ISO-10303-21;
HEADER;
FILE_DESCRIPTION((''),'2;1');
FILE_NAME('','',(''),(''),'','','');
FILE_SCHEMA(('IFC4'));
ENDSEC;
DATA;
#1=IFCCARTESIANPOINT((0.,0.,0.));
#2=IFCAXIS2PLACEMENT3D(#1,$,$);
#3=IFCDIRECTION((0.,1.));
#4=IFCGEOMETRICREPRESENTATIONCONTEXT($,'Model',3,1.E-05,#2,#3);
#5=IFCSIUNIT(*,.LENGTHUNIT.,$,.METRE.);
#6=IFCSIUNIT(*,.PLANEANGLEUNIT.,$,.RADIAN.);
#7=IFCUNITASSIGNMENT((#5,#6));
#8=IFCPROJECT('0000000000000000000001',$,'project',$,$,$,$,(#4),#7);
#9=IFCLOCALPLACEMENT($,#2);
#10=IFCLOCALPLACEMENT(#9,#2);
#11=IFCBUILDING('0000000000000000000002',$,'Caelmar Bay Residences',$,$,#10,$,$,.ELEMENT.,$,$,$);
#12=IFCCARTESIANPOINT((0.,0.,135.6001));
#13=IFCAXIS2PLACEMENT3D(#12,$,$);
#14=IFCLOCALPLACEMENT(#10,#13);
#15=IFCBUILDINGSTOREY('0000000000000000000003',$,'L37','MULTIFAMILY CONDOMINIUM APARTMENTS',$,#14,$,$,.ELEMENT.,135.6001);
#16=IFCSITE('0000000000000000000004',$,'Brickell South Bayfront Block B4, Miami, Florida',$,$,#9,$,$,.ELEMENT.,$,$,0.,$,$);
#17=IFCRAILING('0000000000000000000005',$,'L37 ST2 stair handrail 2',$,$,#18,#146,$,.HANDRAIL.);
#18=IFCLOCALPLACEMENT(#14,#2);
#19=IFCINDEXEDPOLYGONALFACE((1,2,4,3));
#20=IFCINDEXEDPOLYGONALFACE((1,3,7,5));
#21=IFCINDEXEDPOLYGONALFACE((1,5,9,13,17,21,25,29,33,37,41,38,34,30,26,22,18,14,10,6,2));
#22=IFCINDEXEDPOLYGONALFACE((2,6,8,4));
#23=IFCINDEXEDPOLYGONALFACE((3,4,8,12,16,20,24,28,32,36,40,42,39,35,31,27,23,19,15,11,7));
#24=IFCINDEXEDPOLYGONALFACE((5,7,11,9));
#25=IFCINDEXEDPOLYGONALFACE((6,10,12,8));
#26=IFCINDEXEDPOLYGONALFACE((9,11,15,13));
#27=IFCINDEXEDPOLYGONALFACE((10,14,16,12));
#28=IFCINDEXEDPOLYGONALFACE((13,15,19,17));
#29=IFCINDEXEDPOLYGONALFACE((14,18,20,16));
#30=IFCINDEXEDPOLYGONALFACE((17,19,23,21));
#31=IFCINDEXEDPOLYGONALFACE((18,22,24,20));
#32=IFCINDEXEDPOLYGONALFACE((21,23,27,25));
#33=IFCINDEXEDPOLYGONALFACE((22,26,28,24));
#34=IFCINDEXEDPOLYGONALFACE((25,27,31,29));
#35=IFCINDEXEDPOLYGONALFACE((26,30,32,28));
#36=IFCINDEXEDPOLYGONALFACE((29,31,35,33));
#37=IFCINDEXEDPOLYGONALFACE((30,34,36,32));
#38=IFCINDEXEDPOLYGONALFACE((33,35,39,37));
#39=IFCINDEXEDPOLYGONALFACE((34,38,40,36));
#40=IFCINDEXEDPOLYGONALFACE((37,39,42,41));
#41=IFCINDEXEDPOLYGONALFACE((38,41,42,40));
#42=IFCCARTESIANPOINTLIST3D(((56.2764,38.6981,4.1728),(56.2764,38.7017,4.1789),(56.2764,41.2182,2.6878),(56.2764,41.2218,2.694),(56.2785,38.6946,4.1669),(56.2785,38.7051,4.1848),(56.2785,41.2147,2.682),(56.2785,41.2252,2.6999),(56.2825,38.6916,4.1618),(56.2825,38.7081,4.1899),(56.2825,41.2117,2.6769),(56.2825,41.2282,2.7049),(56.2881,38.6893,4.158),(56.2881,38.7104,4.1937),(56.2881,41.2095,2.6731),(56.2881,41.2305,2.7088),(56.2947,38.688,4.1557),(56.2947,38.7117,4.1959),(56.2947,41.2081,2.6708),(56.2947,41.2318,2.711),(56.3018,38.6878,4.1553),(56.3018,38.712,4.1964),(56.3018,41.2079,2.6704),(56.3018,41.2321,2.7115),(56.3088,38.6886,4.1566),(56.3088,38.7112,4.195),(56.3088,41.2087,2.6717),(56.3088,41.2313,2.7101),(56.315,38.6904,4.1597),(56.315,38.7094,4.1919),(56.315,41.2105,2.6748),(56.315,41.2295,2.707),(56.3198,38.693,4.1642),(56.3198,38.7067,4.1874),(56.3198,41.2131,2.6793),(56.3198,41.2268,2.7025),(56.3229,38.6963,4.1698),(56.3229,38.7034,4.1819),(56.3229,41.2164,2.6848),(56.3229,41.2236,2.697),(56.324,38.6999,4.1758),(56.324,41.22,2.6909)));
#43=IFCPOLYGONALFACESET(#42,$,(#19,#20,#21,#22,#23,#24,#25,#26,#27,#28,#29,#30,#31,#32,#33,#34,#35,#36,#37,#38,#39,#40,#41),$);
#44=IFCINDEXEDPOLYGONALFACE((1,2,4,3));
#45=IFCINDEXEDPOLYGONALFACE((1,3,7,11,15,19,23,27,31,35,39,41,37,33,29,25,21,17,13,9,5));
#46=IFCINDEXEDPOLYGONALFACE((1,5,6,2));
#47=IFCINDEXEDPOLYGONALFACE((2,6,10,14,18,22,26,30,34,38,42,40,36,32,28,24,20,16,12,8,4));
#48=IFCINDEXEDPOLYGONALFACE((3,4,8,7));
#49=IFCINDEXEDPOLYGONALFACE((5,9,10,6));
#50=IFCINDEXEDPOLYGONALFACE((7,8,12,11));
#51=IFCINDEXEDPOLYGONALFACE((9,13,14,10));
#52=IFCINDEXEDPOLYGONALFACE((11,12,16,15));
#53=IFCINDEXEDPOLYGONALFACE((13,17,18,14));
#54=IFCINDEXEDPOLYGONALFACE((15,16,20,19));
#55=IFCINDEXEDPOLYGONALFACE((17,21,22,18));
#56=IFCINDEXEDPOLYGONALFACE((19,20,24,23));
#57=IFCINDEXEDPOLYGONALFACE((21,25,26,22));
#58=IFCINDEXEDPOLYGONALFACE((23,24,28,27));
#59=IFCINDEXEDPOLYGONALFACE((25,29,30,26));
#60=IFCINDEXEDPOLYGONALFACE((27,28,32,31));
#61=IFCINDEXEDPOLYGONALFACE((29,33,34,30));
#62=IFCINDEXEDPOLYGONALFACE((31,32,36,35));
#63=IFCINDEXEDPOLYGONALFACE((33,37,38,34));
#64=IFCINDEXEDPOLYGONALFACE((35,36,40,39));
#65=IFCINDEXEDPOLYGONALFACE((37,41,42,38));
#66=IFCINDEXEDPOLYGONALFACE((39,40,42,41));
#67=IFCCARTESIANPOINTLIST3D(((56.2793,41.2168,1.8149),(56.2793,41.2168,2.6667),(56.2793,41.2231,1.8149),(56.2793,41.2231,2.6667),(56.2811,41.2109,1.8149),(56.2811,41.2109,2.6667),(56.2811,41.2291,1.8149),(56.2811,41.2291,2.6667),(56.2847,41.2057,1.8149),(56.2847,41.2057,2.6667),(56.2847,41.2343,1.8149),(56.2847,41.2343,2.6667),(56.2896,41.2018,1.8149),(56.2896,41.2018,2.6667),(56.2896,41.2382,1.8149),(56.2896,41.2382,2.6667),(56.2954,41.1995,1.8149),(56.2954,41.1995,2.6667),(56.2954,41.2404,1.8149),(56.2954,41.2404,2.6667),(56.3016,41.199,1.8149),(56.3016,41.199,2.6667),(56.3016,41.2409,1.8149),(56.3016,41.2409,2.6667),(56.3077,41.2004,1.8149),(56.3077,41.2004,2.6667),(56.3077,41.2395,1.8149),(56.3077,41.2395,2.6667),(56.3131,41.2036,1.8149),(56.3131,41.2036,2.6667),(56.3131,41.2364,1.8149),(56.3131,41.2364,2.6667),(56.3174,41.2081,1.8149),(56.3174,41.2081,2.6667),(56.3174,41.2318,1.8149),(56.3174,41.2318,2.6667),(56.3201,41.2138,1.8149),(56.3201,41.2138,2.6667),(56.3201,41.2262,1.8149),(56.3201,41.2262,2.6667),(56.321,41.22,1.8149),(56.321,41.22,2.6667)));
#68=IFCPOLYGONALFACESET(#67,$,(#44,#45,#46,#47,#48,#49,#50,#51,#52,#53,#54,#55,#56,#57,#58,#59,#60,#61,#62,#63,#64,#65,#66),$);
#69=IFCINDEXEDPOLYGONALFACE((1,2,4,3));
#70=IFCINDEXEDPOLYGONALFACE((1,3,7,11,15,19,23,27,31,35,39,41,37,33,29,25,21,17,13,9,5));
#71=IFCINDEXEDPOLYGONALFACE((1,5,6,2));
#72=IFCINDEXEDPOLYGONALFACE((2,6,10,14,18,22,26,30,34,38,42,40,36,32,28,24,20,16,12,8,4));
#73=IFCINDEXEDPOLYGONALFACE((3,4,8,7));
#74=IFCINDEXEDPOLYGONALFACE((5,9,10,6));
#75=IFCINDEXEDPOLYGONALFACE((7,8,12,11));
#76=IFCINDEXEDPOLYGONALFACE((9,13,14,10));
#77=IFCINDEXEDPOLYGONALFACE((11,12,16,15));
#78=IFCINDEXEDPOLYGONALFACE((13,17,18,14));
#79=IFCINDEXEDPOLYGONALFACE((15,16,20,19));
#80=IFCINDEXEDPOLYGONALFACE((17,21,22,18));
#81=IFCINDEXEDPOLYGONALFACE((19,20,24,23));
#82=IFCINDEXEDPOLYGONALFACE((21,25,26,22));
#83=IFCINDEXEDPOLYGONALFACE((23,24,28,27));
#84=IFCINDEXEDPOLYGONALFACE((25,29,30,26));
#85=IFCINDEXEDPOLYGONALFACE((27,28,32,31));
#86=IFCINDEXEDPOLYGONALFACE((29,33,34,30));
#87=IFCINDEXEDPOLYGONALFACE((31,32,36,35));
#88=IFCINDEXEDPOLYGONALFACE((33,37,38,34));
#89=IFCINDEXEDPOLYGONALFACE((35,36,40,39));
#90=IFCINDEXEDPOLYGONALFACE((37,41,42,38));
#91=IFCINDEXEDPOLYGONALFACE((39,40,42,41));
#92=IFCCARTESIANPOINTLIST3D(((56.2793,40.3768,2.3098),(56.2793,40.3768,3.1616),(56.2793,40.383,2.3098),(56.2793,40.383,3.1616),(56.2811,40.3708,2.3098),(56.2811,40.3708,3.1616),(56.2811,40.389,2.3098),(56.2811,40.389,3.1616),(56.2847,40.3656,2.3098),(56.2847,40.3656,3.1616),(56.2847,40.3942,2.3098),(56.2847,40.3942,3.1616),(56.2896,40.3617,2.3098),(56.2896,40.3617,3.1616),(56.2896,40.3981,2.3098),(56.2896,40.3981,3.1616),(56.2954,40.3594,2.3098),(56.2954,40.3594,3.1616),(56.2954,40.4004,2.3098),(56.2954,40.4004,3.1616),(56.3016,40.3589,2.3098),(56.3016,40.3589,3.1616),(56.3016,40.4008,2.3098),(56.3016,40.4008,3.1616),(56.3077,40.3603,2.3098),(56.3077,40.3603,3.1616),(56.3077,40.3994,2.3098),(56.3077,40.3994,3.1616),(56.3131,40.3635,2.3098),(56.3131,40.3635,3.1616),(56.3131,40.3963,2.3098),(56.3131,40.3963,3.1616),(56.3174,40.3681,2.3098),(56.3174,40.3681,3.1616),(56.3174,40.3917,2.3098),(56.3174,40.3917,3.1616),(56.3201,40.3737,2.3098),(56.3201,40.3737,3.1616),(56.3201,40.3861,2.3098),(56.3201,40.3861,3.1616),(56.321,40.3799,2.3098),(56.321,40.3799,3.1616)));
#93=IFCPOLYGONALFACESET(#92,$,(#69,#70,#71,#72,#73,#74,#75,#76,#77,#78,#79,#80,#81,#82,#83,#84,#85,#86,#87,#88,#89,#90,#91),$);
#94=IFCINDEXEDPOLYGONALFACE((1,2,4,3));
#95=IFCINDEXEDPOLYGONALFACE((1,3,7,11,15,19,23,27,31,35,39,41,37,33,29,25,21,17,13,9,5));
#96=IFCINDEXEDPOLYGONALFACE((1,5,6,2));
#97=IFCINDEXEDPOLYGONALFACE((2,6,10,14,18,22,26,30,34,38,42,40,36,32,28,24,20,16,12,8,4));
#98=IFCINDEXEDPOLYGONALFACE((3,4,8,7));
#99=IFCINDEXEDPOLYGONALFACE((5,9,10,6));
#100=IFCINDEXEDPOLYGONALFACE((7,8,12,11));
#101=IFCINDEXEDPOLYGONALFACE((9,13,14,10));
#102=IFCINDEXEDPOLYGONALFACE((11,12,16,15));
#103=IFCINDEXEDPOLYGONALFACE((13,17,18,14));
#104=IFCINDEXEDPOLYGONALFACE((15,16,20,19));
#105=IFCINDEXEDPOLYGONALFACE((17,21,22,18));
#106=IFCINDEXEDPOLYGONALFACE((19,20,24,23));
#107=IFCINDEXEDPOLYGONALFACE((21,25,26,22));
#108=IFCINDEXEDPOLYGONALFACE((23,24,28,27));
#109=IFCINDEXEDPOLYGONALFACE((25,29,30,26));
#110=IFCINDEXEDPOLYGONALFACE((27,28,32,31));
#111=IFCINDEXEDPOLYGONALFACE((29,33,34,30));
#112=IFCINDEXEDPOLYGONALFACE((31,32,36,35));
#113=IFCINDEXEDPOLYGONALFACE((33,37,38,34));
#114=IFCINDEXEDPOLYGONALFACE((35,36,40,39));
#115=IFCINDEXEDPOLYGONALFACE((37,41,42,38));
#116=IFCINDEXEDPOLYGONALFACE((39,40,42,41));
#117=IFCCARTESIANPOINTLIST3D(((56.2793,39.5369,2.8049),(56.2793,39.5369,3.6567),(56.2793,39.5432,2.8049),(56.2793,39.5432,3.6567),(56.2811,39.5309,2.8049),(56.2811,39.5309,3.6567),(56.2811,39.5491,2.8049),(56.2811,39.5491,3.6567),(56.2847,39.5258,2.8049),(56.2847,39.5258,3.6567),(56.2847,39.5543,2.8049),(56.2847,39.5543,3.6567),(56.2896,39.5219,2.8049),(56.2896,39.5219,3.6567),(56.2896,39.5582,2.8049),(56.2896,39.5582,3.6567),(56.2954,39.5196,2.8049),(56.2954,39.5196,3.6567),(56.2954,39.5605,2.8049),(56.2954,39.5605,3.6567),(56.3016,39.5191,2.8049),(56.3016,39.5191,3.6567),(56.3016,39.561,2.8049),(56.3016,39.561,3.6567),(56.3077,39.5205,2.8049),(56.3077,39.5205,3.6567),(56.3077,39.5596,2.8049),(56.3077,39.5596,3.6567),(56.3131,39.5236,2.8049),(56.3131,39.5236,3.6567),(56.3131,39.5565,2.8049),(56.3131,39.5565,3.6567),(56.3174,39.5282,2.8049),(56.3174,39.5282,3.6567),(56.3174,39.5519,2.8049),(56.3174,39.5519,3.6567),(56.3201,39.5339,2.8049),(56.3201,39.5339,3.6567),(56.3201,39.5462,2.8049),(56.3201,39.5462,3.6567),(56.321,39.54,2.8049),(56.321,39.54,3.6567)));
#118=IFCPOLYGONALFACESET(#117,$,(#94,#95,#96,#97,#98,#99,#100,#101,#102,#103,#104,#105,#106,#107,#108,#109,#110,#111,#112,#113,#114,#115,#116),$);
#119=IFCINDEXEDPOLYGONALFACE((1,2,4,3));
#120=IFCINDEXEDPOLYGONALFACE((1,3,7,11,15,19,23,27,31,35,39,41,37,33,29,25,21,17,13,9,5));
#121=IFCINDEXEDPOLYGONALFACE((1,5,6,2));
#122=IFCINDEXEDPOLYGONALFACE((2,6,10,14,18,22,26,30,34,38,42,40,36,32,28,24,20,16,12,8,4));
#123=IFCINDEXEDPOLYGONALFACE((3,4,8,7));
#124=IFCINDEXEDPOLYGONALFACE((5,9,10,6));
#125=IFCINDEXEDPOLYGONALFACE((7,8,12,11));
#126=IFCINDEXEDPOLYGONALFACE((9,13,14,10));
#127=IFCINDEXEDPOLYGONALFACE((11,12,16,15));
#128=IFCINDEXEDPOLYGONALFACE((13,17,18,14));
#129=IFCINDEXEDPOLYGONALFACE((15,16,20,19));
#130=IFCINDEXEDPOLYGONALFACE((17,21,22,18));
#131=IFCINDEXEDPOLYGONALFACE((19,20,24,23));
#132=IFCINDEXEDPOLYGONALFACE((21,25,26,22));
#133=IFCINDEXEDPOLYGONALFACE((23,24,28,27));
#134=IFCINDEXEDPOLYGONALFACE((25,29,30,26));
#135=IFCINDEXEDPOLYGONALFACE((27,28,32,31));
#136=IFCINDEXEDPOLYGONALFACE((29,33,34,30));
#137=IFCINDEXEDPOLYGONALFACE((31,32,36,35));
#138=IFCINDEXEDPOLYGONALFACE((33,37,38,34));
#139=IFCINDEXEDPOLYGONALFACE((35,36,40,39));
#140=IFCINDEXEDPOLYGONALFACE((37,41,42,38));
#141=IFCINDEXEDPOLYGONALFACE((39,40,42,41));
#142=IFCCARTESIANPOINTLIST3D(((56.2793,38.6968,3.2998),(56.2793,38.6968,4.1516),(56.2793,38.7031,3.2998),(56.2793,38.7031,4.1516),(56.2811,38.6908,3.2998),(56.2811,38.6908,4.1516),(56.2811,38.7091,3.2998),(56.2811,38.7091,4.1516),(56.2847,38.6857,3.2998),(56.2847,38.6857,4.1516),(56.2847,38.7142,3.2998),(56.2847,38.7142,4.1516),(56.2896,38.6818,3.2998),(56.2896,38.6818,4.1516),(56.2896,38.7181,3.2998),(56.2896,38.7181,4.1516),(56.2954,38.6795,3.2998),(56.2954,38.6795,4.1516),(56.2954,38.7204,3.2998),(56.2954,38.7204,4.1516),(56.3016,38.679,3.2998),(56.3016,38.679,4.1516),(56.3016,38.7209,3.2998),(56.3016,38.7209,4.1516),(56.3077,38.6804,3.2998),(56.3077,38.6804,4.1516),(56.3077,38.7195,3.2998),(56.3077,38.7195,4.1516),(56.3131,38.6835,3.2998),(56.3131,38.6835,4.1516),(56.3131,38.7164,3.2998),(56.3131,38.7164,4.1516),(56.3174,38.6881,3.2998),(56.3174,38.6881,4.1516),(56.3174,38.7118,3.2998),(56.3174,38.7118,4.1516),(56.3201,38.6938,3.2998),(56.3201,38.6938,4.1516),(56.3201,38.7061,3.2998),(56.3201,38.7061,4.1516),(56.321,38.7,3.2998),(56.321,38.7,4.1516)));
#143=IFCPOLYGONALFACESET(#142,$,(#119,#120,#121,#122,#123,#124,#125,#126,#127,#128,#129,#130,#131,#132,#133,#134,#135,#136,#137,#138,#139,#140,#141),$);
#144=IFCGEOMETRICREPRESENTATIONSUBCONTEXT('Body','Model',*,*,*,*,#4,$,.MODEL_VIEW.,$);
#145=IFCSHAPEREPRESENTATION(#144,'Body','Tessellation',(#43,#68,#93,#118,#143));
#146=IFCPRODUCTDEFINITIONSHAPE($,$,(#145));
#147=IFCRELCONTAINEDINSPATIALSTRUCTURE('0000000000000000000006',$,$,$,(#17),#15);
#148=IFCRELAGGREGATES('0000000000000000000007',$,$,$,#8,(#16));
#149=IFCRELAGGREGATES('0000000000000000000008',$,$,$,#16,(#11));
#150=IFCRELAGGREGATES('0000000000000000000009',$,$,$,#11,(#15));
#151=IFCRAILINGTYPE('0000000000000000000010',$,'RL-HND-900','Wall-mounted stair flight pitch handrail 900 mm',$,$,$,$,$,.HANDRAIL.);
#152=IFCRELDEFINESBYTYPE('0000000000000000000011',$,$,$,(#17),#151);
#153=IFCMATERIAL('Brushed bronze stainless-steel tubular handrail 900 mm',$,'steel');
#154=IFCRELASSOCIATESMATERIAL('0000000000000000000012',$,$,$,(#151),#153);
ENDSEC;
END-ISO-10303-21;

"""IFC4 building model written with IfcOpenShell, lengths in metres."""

from ifc_helpers import new_model, si_unit, direction, frame, origin, origin_2d, place, context, subcontext, project, spatial, circle, extrude, material, type_object, element, save


model = new_model("IFC4")

# Units and contexts
model_context = context("Model", 3, precision=1e-05, world=origin(), true_north=direction((0.0, 1.0)))
body_context = subcontext(model_context, "Body", "Model", "MODEL_VIEW")
ifc_project = project(units=[si_unit("LENGTHUNIT", "METRE"), si_unit("PLANEANGLEUNIT", "RADIAN")], contexts=[model_context])

# Site, building, storey
site_placement = place(None, origin())
site = spatial("IfcSite", under=ifc_project, at=site_placement, Name="Brickell South Bayfront Block B4, Miami, Florida", CompositionType="ELEMENT", RefElevation=0.0)
building_placement = place(site_placement, origin())
building = spatial("IfcBuilding", under=site, at=building_placement, Name="Caelmar Bay Residences", CompositionType="ELEMENT")
storey_placement = place(building_placement, frame((0.0, 0.0, 135.6001)))
storey = spatial("IfcBuildingStorey", under=building, at=storey_placement, Name="L37", Description="MULTIFAMILY CONDOMINIUM APARTMENTS", CompositionType="ELEMENT", Elevation=135.6001)

# Railing
ifc_material_1 = material(Name="Brushed bronze stainless-steel tubular handrail 900 mm", Category="steel")
railing_type_1 = type_object("IfcRailingType", Name="RL-HND-900", Description="Wall-mounted stair flight pitch handrail 900 mm", PredefinedType="HANDRAIL", material=ifc_material_1)
railing_1_placement = place(storey_placement, frame((56.3, 41.22, 1.8149)))
element("IfcRailing", 1, at=railing_1_placement, inside=storey, type_object=railing_type_1, Name="L37 ST2 stair handrail 2", PredefinedType="HANDRAIL", context=body_context, shape_type="SweptSolid", body=[
    extrude(circle(Radius=0.0239, at=origin_2d()), frame((0.0, 0.0, 0.876), z_axis=(0.0, -0.861561, 0.507655), x_axis=(1.0, 0.0, 0.0)), (0.0, 0.0, 1.0), 2.925),
    extrude(circle(Radius=0.021, at=origin_2d()), origin(), (0.0, 0.0, 1.0), 0.8518),
    extrude(circle(Radius=0.021, at=origin_2d()), frame((0.0, -0.8401, 0.4949)), (0.0, 0.0, 1.0), 0.8518),
    extrude(circle(Radius=0.021, at=origin_2d()), frame((0.0, -1.6799, 0.99)), (0.0, 0.0, 1.0), 0.8518),
    extrude(circle(Radius=0.021, at=origin_2d()), frame((0.0, -2.52, 1.4849)), (0.0, 0.0, 1.0), 0.8518),
])

save(model, "model.ifc")
